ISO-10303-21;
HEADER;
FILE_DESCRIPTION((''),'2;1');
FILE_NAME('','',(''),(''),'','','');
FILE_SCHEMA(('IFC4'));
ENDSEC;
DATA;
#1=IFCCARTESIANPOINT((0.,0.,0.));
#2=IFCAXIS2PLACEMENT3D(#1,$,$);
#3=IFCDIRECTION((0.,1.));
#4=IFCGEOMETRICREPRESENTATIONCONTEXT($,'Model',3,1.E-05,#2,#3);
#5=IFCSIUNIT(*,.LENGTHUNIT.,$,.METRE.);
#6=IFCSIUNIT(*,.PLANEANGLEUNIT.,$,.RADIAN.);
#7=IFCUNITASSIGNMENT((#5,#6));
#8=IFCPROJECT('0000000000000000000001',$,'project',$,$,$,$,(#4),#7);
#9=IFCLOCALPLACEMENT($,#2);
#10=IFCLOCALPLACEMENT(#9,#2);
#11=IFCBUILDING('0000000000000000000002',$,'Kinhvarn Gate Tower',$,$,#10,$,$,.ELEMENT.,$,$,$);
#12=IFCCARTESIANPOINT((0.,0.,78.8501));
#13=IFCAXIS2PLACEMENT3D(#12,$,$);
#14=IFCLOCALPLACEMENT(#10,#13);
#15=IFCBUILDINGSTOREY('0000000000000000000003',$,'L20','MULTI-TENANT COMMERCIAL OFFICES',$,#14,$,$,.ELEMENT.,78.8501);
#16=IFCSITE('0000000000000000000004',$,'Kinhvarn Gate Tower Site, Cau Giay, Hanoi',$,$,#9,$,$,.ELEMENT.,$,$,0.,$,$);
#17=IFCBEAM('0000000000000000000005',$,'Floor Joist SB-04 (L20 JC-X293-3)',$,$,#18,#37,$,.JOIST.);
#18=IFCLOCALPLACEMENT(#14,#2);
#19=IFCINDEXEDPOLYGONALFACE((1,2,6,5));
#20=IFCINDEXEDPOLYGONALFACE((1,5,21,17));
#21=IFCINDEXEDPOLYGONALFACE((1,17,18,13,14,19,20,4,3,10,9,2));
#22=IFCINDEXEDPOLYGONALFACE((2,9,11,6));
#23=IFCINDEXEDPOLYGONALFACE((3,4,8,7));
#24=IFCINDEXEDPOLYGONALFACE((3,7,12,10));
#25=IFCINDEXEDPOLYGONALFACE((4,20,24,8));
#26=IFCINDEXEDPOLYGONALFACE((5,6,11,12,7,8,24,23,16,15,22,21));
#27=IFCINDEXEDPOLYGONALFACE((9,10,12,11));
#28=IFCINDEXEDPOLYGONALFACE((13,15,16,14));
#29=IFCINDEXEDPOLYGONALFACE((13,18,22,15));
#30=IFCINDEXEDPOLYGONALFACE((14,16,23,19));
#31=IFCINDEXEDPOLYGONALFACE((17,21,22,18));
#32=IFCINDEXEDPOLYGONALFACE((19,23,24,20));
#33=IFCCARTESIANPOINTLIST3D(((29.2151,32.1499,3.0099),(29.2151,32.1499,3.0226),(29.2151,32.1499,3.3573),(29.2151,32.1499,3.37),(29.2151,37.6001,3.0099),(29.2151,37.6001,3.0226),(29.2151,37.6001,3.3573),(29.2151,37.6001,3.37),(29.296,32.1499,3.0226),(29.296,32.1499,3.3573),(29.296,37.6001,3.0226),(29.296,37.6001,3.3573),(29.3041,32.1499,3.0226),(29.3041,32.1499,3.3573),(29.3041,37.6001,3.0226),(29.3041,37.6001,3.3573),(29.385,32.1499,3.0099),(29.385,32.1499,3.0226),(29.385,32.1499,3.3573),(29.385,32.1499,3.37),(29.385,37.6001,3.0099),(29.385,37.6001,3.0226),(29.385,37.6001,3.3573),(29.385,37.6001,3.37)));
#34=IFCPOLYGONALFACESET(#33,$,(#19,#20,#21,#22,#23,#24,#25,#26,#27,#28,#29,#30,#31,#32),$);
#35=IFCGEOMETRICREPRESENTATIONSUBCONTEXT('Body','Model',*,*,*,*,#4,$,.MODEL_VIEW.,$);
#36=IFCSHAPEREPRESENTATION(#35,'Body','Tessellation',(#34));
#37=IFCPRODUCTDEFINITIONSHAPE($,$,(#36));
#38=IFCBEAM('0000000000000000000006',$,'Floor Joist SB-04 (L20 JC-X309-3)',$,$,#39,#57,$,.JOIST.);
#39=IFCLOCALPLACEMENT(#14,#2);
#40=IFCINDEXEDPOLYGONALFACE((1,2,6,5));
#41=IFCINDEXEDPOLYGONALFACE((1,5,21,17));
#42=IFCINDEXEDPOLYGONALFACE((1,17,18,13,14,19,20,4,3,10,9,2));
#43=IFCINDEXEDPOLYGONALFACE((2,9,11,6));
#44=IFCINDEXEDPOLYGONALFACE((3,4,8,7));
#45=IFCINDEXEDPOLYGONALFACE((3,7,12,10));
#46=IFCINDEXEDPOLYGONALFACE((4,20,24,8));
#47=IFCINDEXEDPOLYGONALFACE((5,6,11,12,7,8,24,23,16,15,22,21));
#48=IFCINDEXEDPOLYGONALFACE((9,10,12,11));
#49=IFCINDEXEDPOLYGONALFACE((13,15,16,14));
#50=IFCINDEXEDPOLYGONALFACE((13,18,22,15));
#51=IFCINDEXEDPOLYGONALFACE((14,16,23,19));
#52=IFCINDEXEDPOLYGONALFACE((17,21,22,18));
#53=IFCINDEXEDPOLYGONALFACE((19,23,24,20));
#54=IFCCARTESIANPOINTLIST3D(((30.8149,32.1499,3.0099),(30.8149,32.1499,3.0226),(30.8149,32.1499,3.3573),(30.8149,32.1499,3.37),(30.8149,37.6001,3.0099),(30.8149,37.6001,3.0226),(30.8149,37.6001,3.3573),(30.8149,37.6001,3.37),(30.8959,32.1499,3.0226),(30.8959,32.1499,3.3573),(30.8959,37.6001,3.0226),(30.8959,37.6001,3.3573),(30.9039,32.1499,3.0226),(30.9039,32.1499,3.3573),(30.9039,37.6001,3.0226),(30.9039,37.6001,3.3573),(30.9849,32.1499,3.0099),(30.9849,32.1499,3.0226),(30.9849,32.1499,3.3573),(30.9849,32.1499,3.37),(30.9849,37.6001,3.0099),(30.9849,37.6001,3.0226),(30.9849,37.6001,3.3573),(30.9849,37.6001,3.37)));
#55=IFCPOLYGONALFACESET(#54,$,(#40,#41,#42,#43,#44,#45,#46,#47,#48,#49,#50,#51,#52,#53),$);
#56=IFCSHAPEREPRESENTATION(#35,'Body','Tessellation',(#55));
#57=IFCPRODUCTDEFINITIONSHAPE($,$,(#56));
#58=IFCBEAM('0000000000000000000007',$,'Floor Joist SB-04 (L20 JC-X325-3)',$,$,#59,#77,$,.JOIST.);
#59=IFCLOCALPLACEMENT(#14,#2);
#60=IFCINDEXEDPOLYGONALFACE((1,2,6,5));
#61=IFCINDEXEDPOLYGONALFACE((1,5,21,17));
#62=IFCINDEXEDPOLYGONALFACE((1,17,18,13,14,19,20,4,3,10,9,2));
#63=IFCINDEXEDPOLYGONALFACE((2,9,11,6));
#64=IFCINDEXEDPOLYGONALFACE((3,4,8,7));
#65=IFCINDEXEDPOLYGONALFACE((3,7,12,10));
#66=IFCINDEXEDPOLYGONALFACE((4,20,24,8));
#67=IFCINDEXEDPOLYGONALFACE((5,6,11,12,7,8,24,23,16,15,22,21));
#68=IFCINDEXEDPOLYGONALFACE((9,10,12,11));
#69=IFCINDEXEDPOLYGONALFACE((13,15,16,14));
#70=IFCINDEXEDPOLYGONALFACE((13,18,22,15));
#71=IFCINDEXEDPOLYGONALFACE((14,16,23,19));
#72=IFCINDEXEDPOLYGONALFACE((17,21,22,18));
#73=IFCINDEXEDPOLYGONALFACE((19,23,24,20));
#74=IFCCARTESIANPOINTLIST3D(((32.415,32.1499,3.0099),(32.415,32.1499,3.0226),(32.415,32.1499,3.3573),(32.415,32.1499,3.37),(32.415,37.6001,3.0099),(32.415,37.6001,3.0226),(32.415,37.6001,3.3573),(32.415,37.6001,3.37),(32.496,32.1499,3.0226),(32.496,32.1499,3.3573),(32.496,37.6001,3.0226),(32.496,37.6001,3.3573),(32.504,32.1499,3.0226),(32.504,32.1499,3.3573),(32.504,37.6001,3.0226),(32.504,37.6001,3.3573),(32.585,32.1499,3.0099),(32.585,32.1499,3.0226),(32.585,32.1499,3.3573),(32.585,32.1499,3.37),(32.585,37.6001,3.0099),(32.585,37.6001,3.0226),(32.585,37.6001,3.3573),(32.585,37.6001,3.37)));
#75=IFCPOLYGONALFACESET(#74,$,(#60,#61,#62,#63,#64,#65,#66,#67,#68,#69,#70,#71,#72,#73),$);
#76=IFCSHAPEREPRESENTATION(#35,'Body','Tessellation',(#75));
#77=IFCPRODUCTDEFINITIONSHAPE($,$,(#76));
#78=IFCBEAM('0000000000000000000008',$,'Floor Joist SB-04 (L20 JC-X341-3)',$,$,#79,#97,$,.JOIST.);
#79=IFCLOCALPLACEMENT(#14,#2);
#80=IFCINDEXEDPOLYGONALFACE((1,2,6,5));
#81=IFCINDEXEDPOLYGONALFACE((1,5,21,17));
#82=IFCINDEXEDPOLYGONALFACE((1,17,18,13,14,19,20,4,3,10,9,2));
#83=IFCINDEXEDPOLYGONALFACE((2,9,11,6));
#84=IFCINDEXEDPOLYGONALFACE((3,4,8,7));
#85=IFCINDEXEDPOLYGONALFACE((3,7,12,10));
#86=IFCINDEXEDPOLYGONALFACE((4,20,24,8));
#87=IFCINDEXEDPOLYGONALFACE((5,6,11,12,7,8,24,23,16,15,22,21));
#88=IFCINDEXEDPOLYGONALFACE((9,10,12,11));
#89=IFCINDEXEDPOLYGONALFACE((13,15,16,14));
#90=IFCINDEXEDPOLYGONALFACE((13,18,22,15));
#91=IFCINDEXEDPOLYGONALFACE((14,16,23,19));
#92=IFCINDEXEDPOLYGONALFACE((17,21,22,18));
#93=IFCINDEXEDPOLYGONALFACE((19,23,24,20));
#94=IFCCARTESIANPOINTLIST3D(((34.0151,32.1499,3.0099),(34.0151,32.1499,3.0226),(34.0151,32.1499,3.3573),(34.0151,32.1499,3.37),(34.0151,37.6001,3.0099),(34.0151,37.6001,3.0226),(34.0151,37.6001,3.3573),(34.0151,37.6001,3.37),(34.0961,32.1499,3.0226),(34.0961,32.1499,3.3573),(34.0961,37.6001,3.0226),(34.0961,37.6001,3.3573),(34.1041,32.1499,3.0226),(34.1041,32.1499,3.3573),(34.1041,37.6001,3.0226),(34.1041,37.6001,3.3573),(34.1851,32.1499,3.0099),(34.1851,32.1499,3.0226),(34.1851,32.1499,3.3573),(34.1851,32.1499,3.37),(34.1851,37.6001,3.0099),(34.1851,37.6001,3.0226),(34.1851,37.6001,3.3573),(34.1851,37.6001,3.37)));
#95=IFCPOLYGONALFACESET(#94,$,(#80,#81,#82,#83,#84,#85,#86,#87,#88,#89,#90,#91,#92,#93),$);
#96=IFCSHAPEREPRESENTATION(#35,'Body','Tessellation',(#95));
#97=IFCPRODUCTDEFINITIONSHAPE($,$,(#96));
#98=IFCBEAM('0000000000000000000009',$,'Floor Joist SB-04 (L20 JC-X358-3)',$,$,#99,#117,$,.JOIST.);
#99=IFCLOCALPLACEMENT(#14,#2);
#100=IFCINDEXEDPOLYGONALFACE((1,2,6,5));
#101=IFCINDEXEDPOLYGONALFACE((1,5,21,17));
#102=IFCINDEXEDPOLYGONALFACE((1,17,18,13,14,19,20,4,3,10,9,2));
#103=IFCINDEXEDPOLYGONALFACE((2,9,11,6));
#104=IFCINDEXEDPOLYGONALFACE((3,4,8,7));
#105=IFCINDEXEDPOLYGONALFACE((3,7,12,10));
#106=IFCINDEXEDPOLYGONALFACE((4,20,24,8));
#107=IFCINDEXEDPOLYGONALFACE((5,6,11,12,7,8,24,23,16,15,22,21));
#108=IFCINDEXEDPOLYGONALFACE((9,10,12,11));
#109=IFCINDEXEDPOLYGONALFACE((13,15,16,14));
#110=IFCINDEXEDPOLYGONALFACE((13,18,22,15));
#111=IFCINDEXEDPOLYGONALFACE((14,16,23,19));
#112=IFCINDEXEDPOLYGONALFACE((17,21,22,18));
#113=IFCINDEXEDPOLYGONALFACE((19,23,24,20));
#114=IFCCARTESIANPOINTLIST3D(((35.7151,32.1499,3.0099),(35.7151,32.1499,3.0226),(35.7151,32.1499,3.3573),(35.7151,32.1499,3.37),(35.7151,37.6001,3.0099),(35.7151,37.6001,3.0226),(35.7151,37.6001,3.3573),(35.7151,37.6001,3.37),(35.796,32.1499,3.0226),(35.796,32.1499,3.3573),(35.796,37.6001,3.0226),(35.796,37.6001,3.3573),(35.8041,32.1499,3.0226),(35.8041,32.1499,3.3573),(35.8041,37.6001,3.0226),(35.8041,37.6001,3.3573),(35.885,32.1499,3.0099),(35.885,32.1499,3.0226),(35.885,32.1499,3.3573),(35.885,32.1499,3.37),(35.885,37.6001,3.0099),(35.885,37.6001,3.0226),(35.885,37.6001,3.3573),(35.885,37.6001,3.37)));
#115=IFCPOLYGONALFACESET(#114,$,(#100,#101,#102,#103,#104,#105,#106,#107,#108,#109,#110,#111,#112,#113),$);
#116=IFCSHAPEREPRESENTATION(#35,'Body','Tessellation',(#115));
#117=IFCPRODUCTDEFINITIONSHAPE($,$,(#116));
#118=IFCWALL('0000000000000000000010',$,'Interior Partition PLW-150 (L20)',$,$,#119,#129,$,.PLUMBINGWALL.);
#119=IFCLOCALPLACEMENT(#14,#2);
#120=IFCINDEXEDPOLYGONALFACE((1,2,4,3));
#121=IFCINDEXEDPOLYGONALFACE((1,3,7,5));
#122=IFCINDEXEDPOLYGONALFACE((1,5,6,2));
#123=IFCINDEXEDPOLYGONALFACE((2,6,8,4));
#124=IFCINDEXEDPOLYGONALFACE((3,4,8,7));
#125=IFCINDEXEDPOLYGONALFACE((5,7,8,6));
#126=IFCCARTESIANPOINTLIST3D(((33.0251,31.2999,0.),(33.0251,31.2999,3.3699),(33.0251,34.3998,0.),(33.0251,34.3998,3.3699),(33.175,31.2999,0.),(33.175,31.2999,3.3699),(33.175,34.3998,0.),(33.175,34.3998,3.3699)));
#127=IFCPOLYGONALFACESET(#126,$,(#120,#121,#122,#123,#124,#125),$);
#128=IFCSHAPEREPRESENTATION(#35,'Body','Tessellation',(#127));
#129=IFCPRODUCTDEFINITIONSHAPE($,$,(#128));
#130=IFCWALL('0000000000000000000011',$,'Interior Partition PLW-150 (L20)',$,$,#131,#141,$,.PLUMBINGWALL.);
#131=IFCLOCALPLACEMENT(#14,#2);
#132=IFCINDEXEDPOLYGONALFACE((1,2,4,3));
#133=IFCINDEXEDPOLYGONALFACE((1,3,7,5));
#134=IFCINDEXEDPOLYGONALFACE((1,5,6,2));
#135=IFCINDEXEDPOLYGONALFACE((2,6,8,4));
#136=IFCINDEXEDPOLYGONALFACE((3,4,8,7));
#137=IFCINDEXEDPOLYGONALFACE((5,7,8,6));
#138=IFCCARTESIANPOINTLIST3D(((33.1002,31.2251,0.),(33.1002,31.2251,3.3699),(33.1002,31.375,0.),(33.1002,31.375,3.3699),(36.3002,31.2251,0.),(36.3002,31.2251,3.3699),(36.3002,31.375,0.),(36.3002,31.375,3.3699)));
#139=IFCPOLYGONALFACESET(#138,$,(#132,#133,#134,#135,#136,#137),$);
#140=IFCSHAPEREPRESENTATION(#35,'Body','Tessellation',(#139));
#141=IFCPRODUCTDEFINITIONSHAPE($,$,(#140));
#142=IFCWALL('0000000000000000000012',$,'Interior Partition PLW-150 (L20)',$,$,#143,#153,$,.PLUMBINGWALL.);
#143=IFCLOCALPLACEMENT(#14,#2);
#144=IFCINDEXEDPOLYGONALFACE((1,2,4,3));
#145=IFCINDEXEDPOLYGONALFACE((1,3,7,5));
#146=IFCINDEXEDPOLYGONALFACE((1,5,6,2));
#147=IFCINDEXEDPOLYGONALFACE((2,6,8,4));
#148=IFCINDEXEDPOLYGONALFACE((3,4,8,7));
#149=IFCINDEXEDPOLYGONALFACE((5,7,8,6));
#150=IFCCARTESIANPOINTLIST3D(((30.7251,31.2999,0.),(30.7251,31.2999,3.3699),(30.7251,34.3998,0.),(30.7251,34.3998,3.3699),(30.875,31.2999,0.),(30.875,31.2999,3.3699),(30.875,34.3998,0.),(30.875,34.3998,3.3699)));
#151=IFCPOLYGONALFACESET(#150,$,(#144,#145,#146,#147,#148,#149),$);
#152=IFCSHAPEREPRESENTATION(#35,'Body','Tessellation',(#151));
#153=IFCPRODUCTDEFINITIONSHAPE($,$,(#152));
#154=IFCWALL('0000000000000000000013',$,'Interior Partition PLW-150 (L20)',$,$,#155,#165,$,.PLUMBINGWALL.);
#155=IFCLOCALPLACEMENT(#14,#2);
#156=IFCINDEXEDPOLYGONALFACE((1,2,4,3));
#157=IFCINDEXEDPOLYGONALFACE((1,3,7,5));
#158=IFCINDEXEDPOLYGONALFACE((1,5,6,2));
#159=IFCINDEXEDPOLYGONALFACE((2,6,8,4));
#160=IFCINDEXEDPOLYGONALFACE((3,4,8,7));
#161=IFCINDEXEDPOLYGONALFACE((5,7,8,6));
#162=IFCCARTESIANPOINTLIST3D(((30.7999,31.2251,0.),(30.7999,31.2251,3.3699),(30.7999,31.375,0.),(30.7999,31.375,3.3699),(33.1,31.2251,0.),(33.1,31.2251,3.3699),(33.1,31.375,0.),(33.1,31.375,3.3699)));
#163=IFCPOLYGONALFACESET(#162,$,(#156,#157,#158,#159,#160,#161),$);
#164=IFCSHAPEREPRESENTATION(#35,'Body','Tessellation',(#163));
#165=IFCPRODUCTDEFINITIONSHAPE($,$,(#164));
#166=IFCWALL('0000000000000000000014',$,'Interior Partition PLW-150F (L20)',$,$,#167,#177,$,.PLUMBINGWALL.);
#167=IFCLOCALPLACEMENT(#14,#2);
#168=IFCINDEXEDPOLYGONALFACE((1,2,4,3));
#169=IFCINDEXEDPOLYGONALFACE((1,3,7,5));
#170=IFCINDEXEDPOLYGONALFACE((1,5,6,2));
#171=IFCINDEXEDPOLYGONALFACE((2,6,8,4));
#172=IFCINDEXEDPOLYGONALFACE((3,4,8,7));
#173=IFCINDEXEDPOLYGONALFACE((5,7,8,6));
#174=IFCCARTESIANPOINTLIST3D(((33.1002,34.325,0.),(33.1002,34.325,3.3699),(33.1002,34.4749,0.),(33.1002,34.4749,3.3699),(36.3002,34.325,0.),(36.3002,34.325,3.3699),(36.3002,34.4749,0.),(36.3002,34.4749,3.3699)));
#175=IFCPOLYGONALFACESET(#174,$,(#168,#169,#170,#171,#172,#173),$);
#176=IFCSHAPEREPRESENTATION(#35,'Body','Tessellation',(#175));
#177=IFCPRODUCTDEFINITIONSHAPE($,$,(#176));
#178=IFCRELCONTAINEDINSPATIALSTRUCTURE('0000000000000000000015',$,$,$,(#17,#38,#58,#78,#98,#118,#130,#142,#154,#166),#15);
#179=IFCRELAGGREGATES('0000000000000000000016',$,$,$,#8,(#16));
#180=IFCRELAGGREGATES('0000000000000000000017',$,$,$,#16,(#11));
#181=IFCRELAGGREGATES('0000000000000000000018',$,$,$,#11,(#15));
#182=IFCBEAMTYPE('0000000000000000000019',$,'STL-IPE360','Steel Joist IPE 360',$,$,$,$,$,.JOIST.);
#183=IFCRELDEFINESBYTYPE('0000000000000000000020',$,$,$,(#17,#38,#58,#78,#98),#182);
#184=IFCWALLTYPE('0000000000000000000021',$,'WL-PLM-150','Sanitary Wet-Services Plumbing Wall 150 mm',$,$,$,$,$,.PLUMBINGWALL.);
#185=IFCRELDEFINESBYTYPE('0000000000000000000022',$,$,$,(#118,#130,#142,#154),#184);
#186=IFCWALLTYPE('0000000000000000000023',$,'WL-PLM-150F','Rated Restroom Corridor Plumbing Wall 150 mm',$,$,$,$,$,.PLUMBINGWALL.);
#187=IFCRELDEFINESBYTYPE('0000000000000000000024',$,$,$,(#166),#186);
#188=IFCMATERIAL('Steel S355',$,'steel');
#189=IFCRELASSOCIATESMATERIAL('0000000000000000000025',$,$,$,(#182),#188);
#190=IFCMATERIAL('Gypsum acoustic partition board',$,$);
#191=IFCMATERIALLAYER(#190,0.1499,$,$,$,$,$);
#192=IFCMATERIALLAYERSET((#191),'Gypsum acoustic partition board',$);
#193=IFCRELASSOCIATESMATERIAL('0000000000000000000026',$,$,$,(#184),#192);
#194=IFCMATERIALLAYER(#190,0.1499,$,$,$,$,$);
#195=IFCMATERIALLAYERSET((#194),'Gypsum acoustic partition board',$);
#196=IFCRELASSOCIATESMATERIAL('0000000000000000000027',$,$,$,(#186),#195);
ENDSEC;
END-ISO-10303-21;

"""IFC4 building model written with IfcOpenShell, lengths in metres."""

from ifc_helpers import new_model, si_unit, direction, frame, frame_2d, origin, origin_2d, place, context, subcontext, project, spatial, rectangle, i_section, extrude, material, layer, layer_set, material_profile, profile_set, type_object, element, save


model = new_model("IFC4")

# Units and contexts
model_context = context("Model", 3, precision=1e-05, world=origin(), true_north=direction((0.0, 1.0)))
body_context = subcontext(model_context, "Body", "Model", "MODEL_VIEW")
ifc_project = project(units=[si_unit("LENGTHUNIT", "METRE"), si_unit("PLANEANGLEUNIT", "RADIAN")], contexts=[model_context])

# Site, building, storey
site_placement = place(None, origin())
site = spatial("IfcSite", under=ifc_project, at=site_placement, Name="Kinhvarn Gate Tower Site, Cau Giay, Hanoi", CompositionType="ELEMENT", RefElevation=0.0)
building_placement = place(site_placement, origin())
building = spatial("IfcBuilding", under=site, at=building_placement, Name="Kinhvarn Gate Tower", CompositionType="ELEMENT")
storey_placement = place(building_placement, frame((0.0, 0.0, 78.8501)))
storey = spatial("IfcBuildingStorey", under=building, at=storey_placement, Name="L20", Description="MULTI-TENANT COMMERCIAL OFFICES", CompositionType="ELEMENT", Elevation=78.8501)

# Beams
ifc_material_1 = material(Name="Steel S355", Category="steel")
ifc_material_profile = material_profile(ifc_material_1, i_section(OverallWidth=0.1699, OverallDepth=0.3601, WebThickness=0.0081, FlangeThickness=0.0127, at=origin_2d()), Name="IPE 360")
ifc_profile_set = profile_set([ifc_material_profile], Name="Steel S355")
beam_type = type_object("IfcBeamType", Name="STL-IPE360", Description="Steel Joist IPE 360", PredefinedType="JOIST", material=ifc_profile_set)
for number, where, z_axis, x_axis, name in (
    (1, (29.3, 32.1499, 3.1899), (0.0, 1.0, 0.0), (-1.0, 0.0, 0.0), "Floor Joist SB-04 (L20 JC-X293-3)"),
    (2, (30.8999, 32.1499, 3.1899), (0.0, 1.0, 0.0), (-1.0, 0.0, 0.0), "Floor Joist SB-04 (L20 JC-X309-3)"),
    (3, (32.5, 32.1499, 3.1899), (0.0, 1.0, 0.0), (-1.0, 0.0, 0.0), "Floor Joist SB-04 (L20 JC-X325-3)"),
    (4, (34.1001, 32.1499, 3.1899), (0.0, 1.0, 0.0), (-1.0, 0.0, 0.0), "Floor Joist SB-04 (L20 JC-X341-3)"),
    (5, (35.8, 32.1499, 3.1899), (0.0, 1.0, 0.0), (-1.0, 0.0, 0.0), "Floor Joist SB-04 (L20 JC-X358-3)"),
):
    element("IfcBeam", number, at=place(storey_placement, frame(where, z_axis=z_axis, x_axis=x_axis)), inside=storey, type_object=beam_type, Name=name, PredefinedType="JOIST", context=body_context, shape_type="SweptSolid", body=[
        extrude(i_section(OverallWidth=0.1699, OverallDepth=0.3601, WebThickness=0.0081, FlangeThickness=0.0127, at=origin_2d()), origin(), (0.0, 0.0, 1.0), 5.4502),
    ])

# Walls
ifc_material_2 = material(Name="Gypsum acoustic partition board")
ifc_layer_1 = layer(ifc_material_2, 0.1499)
ifc_layer_set_1 = layer_set([ifc_layer_1], Name="Gypsum acoustic partition board")
wall_type_1 = type_object("IfcWallType", Name="WL-PLM-150", Description="Sanitary Wet-Services Plumbing Wall 150 mm", PredefinedType="PLUMBINGWALL", material=ifc_layer_set_1)
wall_1_placement = place(storey_placement, frame((33.1001, 31.3, 0.0), z_axis=(0.0, 0.0, 1.0), x_axis=(0.0, 1.0, 0.0)))
element("IfcWall", 6, at=wall_1_placement, inside=storey, type_object=wall_type_1, Name="Interior Partition PLW-150 (L20)", PredefinedType="PLUMBINGWALL", context=body_context, shape_type="SweptSolid", body=[
    extrude(rectangle(XDim=3.0999, YDim=0.1499, at=frame_2d((1.5498, 0.0))), origin(), (0.0, 0.0, 1.0), 3.3699),
])
wall_2_placement = place(storey_placement, frame((33.1001, 31.3, 0.0), z_axis=(0.0, 0.0, 1.0), x_axis=(1.0, 0.0, 0.0)))
element("IfcWall", 7, at=wall_2_placement, inside=storey, type_object=wall_type_1, Name="Interior Partition PLW-150 (L20)", PredefinedType="PLUMBINGWALL", context=body_context, shape_type="SweptSolid", body=[
    extrude(rectangle(XDim=3.2, YDim=0.1499, at=frame_2d((1.6001, 0.0))), origin(), (0.0, 0.0, 1.0), 3.3699),
])
wall_3_placement = place(storey_placement, frame((30.8, 31.3, 0.0), z_axis=(0.0, 0.0, 1.0), x_axis=(0.0, 1.0, 0.0)))
element("IfcWall", 8, at=wall_3_placement, inside=storey, type_object=wall_type_1, Name="Interior Partition PLW-150 (L20)", PredefinedType="PLUMBINGWALL", context=body_context, shape_type="SweptSolid", body=[
    extrude(rectangle(XDim=3.0999, YDim=0.1499, at=frame_2d((1.5498, 0.0))), origin(), (0.0, 0.0, 1.0), 3.3699),
])
wall_4_placement = place(storey_placement, frame((30.8, 31.3, 0.0), z_axis=(0.0, 0.0, 1.0), x_axis=(1.0, 0.0, 0.0)))
element("IfcWall", 9, at=wall_4_placement, inside=storey, type_object=wall_type_1, Name="Interior Partition PLW-150 (L20)", PredefinedType="PLUMBINGWALL", context=body_context, shape_type="SweptSolid", body=[
    extrude(rectangle(XDim=2.3, YDim=0.1499, at=frame_2d((1.1499, 0.0))), origin(), (0.0, 0.0, 1.0), 3.3699),
])
ifc_layer_2 = layer(ifc_material_2, 0.1499)
ifc_layer_set_2 = layer_set([ifc_layer_2], Name="Gypsum acoustic partition board")
wall_type_2 = type_object("IfcWallType", Name="WL-PLM-150F", Description="Rated Restroom Corridor Plumbing Wall 150 mm", PredefinedType="PLUMBINGWALL", material=ifc_layer_set_2)
wall_5_placement = place(storey_placement, frame((33.1001, 34.3999, 0.0), z_axis=(0.0, 0.0, 1.0), x_axis=(1.0, 0.0, 0.0)))
element("IfcWall", 10, at=wall_5_placement, inside=storey, type_object=wall_type_2, Name="Interior Partition PLW-150F (L20)", PredefinedType="PLUMBINGWALL", context=body_context, shape_type="SweptSolid", body=[
    extrude(rectangle(XDim=3.2, YDim=0.1499, at=frame_2d((1.6001, 0.0))), origin(), (0.0, 0.0, 1.0), 3.3699),
])

save(model, "model.ifc")
